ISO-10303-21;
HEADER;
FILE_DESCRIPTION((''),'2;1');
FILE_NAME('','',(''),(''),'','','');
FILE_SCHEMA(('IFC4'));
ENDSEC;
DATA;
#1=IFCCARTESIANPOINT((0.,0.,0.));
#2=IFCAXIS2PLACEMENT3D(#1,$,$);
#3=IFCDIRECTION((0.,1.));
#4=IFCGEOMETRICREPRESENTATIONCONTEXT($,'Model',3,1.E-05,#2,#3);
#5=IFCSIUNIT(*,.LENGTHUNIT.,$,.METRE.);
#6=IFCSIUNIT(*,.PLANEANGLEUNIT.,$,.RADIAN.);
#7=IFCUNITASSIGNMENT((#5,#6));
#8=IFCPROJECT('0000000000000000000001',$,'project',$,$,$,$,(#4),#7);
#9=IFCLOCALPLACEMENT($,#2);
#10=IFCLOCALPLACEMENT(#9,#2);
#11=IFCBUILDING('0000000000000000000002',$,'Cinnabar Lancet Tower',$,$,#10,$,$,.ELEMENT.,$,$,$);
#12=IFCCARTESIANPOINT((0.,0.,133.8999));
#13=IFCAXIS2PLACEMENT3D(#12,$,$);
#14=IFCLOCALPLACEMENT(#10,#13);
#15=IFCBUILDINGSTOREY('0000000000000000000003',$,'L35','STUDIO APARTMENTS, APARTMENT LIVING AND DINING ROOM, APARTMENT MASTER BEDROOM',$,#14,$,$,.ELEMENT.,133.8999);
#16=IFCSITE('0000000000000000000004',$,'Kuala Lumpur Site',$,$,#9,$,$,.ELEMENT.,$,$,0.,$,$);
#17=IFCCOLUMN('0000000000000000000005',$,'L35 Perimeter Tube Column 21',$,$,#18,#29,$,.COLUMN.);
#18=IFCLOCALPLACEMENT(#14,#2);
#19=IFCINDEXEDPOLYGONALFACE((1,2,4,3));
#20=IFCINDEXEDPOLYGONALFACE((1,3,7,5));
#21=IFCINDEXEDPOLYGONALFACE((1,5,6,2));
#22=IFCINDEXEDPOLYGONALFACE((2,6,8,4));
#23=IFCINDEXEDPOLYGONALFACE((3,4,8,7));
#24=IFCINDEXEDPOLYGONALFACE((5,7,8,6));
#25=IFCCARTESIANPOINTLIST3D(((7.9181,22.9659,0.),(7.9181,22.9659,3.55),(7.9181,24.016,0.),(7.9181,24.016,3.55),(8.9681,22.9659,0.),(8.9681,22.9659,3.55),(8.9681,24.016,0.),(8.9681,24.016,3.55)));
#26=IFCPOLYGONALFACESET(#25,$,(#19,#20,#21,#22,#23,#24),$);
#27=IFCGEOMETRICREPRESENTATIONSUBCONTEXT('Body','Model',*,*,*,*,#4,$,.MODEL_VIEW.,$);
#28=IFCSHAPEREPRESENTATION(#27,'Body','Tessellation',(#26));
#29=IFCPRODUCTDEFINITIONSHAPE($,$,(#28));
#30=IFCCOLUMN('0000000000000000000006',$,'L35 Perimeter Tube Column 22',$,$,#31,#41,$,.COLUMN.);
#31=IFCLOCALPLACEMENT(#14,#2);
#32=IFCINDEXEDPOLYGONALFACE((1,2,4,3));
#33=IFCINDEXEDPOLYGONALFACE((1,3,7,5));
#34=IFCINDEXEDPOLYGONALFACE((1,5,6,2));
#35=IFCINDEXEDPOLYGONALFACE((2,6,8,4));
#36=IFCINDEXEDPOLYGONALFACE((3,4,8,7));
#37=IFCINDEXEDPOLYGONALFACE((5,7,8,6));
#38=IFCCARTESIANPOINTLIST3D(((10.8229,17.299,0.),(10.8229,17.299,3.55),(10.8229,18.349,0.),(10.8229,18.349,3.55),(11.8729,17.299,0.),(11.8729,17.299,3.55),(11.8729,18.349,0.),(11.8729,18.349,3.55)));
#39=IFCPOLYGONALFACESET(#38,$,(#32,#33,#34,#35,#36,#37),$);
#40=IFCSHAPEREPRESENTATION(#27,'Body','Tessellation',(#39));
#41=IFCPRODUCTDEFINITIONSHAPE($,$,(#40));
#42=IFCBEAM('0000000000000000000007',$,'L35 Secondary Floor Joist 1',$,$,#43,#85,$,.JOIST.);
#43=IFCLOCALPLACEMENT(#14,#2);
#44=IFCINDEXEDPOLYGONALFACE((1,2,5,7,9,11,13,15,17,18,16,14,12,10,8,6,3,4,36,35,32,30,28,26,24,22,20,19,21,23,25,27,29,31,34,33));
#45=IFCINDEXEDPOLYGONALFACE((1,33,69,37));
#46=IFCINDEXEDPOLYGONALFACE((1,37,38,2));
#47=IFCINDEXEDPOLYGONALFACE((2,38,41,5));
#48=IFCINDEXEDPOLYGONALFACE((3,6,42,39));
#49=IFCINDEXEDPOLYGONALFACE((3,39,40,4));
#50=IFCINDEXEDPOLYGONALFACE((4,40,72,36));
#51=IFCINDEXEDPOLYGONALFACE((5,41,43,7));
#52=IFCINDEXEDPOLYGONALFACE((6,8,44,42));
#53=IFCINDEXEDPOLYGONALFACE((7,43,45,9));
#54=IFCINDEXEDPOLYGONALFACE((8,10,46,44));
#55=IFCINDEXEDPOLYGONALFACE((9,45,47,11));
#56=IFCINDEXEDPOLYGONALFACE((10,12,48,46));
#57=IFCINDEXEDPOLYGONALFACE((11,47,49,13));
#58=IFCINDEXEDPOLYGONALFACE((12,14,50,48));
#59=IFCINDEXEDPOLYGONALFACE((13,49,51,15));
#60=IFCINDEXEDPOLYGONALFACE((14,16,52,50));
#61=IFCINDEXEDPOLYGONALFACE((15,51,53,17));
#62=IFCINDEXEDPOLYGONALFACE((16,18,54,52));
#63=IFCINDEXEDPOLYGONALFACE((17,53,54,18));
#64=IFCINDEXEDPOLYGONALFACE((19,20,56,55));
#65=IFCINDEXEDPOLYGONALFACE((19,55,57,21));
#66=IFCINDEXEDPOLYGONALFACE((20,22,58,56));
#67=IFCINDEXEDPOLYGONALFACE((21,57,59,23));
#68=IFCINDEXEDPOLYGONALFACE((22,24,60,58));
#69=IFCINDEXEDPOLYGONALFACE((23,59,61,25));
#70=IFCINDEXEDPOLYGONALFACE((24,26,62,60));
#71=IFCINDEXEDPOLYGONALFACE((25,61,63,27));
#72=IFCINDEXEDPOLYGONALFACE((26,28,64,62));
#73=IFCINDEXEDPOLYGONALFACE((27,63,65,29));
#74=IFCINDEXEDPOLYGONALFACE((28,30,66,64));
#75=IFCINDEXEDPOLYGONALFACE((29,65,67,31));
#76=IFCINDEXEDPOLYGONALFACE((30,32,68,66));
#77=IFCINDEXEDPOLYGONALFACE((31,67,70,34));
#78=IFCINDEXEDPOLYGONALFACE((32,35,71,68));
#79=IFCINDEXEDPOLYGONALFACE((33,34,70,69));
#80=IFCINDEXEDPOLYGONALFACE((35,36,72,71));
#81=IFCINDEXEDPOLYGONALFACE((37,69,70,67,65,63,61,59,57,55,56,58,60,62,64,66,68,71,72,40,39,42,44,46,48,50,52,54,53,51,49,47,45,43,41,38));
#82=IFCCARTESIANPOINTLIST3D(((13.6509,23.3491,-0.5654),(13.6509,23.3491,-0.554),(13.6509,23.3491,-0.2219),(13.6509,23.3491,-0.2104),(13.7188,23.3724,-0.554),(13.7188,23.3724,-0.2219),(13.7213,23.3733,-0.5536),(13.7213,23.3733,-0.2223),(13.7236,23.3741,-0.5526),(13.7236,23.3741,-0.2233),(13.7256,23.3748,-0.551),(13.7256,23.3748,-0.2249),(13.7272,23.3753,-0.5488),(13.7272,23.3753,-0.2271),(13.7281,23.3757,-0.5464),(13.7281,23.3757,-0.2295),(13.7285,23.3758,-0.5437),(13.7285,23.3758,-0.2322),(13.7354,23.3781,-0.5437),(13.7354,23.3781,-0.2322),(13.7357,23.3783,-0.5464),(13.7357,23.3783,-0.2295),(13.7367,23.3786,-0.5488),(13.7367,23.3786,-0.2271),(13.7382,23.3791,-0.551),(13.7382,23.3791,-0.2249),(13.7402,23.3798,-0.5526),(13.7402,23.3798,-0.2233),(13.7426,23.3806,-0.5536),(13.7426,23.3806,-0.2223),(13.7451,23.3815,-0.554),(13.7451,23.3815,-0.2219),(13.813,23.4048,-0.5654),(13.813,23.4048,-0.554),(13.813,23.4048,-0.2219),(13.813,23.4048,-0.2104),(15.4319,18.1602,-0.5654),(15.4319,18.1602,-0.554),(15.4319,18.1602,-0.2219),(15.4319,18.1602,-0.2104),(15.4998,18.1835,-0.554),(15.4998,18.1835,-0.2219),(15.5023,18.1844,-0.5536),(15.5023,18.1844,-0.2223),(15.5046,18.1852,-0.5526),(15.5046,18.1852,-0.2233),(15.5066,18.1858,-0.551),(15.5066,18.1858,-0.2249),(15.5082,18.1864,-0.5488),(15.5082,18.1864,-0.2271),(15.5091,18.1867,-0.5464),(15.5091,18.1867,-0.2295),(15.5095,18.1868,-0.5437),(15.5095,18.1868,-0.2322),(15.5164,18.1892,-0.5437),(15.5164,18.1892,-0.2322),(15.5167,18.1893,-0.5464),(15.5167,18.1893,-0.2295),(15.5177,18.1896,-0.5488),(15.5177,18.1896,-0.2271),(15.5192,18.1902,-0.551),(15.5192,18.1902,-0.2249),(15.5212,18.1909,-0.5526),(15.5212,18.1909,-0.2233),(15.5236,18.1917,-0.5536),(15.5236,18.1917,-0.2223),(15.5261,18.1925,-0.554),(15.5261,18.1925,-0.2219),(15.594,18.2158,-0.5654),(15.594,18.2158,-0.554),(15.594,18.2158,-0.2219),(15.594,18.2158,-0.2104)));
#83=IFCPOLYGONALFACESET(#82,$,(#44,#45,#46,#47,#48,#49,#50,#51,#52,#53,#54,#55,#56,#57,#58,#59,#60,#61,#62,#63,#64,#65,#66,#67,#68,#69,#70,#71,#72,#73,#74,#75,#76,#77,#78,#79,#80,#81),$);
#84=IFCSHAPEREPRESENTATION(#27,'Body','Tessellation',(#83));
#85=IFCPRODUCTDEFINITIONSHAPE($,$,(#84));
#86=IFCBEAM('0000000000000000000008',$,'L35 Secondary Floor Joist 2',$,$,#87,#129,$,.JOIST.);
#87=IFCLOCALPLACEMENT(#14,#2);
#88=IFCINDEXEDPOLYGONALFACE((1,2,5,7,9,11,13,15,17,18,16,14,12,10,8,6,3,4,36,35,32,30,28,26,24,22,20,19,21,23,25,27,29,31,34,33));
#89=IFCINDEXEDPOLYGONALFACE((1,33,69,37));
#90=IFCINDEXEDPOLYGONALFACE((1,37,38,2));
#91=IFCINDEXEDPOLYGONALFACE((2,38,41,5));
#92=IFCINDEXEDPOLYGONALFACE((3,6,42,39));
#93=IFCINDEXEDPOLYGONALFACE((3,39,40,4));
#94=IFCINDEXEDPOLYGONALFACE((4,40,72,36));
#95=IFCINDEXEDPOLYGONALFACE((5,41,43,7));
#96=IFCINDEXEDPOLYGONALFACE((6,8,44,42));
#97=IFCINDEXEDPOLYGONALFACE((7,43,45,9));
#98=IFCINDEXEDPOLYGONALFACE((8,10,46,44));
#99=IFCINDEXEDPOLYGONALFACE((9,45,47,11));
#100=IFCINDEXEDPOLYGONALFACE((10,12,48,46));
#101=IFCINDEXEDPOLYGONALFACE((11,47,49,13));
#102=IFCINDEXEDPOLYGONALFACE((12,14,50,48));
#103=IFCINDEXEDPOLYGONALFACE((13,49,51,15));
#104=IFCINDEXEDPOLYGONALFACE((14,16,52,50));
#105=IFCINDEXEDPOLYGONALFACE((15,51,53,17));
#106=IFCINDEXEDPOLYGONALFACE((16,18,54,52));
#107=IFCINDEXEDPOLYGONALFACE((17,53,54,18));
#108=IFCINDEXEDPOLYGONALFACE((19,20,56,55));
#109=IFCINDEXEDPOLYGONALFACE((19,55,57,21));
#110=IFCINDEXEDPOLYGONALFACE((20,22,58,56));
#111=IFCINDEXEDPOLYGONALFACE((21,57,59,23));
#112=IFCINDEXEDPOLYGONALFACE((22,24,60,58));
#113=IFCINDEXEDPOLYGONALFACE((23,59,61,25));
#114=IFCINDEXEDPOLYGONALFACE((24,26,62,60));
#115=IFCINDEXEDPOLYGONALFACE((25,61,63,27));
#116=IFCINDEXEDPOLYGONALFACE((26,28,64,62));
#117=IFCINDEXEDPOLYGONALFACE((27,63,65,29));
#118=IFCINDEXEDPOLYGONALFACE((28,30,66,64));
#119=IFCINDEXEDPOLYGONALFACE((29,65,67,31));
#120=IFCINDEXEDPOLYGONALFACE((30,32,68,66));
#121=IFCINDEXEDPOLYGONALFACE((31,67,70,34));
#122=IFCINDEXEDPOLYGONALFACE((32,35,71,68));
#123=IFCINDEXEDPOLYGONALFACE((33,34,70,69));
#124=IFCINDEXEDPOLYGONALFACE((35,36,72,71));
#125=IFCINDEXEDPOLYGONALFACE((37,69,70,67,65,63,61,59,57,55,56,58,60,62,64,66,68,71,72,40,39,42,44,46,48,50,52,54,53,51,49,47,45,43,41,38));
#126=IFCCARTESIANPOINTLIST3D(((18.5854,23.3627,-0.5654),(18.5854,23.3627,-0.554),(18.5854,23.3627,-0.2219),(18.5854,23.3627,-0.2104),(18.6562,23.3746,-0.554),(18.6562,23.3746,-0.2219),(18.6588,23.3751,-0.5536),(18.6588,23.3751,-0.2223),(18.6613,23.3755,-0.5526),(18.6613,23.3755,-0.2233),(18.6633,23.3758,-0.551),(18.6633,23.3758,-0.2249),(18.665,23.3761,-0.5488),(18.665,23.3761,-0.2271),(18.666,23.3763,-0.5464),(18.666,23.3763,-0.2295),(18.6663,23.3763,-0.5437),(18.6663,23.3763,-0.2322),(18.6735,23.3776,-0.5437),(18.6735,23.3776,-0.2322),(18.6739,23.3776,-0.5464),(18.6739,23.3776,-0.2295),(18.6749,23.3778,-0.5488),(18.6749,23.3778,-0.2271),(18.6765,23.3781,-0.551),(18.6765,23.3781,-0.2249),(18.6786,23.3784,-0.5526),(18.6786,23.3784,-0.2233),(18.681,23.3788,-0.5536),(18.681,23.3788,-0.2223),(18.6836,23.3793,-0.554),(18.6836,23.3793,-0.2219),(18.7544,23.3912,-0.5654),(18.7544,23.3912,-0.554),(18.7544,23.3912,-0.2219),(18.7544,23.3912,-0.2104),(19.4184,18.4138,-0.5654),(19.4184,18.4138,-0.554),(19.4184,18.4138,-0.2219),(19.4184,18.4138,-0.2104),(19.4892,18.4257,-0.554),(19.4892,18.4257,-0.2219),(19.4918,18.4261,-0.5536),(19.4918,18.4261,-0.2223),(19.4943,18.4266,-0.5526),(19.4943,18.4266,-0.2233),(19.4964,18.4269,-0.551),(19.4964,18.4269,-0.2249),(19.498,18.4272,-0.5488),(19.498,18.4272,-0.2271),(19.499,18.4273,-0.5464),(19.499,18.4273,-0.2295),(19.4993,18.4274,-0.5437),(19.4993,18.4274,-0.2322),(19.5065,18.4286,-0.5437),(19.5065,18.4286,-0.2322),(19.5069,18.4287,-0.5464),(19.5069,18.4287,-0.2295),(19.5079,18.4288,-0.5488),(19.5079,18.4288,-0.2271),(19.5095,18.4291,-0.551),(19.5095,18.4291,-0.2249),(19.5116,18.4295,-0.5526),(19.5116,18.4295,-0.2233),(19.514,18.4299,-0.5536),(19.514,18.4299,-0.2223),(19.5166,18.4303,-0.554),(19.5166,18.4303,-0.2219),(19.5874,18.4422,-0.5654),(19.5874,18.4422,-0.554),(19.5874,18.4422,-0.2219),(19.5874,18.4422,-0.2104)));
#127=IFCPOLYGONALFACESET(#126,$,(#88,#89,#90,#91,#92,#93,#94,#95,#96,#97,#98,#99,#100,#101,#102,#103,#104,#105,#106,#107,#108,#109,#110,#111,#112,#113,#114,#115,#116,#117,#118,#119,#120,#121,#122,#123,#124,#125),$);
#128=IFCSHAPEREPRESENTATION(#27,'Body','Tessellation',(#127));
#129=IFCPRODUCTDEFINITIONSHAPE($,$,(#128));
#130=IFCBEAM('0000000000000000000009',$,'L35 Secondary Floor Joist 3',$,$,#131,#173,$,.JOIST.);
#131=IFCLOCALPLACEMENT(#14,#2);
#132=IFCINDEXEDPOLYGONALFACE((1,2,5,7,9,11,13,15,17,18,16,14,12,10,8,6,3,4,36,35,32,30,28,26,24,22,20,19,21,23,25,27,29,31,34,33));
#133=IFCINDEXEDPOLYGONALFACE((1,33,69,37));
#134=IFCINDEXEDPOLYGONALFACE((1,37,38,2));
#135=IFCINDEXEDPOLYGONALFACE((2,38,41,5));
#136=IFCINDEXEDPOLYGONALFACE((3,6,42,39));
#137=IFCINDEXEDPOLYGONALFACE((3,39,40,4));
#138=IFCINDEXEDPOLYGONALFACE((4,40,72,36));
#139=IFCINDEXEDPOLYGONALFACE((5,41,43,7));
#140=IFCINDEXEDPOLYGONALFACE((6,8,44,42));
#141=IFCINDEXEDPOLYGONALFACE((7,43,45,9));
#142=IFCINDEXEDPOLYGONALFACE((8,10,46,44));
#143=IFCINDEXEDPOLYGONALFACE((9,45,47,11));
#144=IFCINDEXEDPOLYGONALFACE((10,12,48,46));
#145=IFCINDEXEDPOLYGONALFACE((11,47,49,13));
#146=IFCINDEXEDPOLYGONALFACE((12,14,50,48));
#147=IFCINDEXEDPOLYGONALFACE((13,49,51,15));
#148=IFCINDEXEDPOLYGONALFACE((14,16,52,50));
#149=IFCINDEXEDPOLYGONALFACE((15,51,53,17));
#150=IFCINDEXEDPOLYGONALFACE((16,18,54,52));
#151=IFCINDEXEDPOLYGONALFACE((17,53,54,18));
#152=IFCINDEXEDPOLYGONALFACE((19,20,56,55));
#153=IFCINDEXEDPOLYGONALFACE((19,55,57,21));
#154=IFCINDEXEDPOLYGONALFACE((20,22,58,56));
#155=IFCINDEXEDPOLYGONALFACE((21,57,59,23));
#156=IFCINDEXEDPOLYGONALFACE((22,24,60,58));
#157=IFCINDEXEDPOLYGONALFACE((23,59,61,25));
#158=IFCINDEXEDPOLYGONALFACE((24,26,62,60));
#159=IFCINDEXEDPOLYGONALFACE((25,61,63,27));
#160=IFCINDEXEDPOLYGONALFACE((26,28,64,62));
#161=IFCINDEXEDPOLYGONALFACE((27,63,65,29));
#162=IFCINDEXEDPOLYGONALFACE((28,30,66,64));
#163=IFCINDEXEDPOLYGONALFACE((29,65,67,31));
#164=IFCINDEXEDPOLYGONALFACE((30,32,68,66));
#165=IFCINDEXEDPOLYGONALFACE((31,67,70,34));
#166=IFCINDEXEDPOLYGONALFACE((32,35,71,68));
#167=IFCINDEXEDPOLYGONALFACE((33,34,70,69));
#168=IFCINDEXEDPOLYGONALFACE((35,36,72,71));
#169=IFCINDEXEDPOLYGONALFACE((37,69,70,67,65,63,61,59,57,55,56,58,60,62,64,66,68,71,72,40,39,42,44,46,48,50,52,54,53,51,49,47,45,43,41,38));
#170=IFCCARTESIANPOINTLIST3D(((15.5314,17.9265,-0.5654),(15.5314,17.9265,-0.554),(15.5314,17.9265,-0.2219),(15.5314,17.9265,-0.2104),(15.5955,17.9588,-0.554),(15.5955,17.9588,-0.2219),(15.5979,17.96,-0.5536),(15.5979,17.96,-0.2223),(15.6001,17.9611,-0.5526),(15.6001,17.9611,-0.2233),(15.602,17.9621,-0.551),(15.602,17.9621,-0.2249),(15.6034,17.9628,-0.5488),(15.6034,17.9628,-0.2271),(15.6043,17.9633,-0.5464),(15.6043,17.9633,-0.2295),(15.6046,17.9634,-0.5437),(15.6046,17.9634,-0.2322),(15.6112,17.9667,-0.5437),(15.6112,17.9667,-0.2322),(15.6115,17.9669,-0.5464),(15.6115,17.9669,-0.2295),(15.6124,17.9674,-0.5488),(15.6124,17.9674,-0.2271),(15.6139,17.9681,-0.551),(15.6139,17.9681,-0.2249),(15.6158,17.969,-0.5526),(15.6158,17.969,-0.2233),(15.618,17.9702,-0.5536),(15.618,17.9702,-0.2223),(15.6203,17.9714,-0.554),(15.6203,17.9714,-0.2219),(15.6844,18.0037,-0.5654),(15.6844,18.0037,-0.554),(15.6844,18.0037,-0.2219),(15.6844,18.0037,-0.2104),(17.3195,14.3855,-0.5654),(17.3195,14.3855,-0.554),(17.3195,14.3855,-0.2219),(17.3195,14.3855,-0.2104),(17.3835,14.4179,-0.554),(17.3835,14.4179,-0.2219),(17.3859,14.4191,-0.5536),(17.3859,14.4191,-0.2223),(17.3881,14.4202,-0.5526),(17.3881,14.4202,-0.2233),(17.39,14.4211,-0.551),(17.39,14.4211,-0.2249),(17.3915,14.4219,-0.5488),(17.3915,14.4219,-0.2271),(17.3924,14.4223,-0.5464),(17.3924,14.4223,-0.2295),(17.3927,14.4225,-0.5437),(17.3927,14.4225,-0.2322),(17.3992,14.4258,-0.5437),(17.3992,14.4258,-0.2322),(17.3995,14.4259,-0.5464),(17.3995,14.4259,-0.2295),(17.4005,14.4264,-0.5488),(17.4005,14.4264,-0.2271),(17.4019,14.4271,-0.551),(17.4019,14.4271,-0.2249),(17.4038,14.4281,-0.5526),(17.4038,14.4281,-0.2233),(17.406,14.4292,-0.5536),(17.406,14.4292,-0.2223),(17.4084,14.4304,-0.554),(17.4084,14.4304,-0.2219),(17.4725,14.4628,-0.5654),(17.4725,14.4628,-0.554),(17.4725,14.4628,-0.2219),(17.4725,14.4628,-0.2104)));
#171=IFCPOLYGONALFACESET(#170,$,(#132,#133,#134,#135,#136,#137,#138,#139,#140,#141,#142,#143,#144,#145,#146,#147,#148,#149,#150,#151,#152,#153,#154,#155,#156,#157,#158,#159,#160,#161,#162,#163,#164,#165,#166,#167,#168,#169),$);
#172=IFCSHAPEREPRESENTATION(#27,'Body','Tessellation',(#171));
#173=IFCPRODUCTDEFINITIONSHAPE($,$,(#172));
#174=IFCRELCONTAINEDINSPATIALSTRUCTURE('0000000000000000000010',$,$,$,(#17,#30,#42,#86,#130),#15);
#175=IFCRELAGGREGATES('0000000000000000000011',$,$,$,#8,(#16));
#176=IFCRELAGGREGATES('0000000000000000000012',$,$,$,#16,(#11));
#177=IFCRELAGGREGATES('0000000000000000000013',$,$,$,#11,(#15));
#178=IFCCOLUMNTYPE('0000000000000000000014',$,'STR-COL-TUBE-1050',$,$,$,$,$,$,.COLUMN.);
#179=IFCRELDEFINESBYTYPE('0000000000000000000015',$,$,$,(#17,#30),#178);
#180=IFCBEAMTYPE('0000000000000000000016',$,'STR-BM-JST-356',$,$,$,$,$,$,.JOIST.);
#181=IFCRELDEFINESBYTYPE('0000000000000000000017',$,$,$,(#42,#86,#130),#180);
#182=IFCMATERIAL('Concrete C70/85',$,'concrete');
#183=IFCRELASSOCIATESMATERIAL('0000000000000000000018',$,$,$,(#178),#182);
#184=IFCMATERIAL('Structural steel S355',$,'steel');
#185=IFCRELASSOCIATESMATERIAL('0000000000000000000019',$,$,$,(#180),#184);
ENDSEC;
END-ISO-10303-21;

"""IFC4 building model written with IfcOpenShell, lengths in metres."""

from ifc_helpers import new_model, si_unit, direction, frame, origin, origin_2d, place, context, subcontext, project, spatial, rectangle, i_section, extrude, material, material_profile, profile_set, type_object, element, save


model = new_model("IFC4")

# Units and contexts
model_context = context("Model", 3, precision=1e-05, world=origin(), true_north=direction((0.0, 1.0)))
body_context = subcontext(model_context, "Body", "Model", "MODEL_VIEW")
ifc_project = project(units=[si_unit("LENGTHUNIT", "METRE"), si_unit("PLANEANGLEUNIT", "RADIAN")], contexts=[model_context])

# Site, building, storey
site_placement = place(None, origin())
site = spatial("IfcSite", under=ifc_project, at=site_placement, Name="Kuala Lumpur Site", CompositionType="ELEMENT", RefElevation=0.0)
building_placement = place(site_placement, origin())
building = spatial("IfcBuilding", under=site, at=building_placement, Name="Cinnabar Lancet Tower", CompositionType="ELEMENT")
storey_placement = place(building_placement, frame((0.0, 0.0, 133.8999)))
storey = spatial("IfcBuildingStorey", under=building, at=storey_placement, Name="L35", Description="STUDIO APARTMENTS, APARTMENT LIVING AND DINING ROOM, APARTMENT MASTER BEDROOM", CompositionType="ELEMENT", Elevation=133.8999)

# Columns
ifc_material_1 = material(Name="Concrete C70/85", Category="concrete")
ifc_material_profile_1 = material_profile(ifc_material_1, rectangle(XDim=1.05, YDim=1.05, at=origin_2d()), Name="RC-COL 1050x1050")
ifc_profile_set_1 = profile_set([ifc_material_profile_1], Name="Concrete C70/85")
column_type = type_object("IfcColumnType", Name="STR-COL-TUBE-1050", PredefinedType="COLUMN", material=ifc_profile_set_1)
for number, where, z_axis, x_axis, name in (
    (1, (8.4431, 23.491, 0.0), (0.0, 0.0, 1.0), (1.0, 0.0, 0.0), "L35 Perimeter Tube Column 21"),
    (2, (11.3479, 17.824, 0.0), (0.0, 0.0, 1.0), (1.0, 0.0, 0.0), "L35 Perimeter Tube Column 22"),
):
    element("IfcColumn", number, at=place(storey_placement, frame(where, z_axis=z_axis, x_axis=x_axis)), inside=storey, type_object=column_type, Name=name, PredefinedType="COLUMN", context=body_context, shape_type="SweptSolid", body=[
        extrude(rectangle(XDim=1.05, YDim=1.05, at=origin_2d()), origin(), (0.0, 0.0, 1.0), 3.55),
    ])

# Beams
ifc_material_2 = material(Name="Structural steel S355", Category="steel")
ifc_material_profile_2 = material_profile(ifc_material_2, i_section(OverallWidth=0.1714, OverallDepth=0.355, WebThickness=0.0073, FlangeThickness=0.0115, FilletRadius=0.0103, at=origin_2d()), Name="UKB 356x171x51")
ifc_profile_set_2 = profile_set([ifc_material_profile_2], Name="Structural steel S355")
beam_type_1 = type_object("IfcBeamType", Name="STR-BM-JST-356", PredefinedType="JOIST", material=ifc_profile_set_2)
beam_1_placement = place(storey_placement, frame((13.7319, 23.377, -0.3879), z_axis=(0.324639, -0.945838, 0.0), x_axis=(0.945838, 0.324639, 0.0)))
element("IfcBeam", 3, at=beam_1_placement, inside=storey, type_object=beam_type_1, Name="L35 Secondary Floor Joist 1", PredefinedType="JOIST", context=body_context, shape_type="SweptSolid", body=[
    extrude(i_section(OverallWidth=0.1714, OverallDepth=0.355, WebThickness=0.0073, FlangeThickness=0.0115, FilletRadius=0.0103, at=origin_2d()), origin(), (0.0, 0.0, 1.0), 5.4861),
])
beam_2_placement = place(storey_placement, frame((18.6699, 23.377, -0.3879), z_axis=(0.165984, -0.986128, 0.0), x_axis=(0.986128, 0.165984, 0.0)))
element("IfcBeam", 4, at=beam_2_placement, inside=storey, type_object=beam_type_1, Name="L35 Secondary Floor Joist 2", PredefinedType="JOIST", context=body_context, shape_type="SweptSolid", body=[
    extrude(i_section(OverallWidth=0.1714, OverallDepth=0.355, WebThickness=0.0073, FlangeThickness=0.0115, FilletRadius=0.0103, at=origin_2d()), origin(), (0.0, 0.0, 1.0), 5.0186),
])
beam_3_placement = place(storey_placement, frame((15.6079, 17.9651, -0.3879), z_axis=(0.450755, -0.892648, 0.0), x_axis=(0.892648, 0.450755, 0.0)))
element("IfcBeam", 5, at=beam_3_placement, inside=storey, type_object=beam_type_1, Name="L35 Secondary Floor Joist 3", PredefinedType="JOIST", context=body_context, shape_type="SweptSolid", body=[
    extrude(i_section(OverallWidth=0.1714, OverallDepth=0.355, WebThickness=0.0073, FlangeThickness=0.0115, FilletRadius=0.0103, at=origin_2d()), origin(), (0.0, 0.0, 1.0), 3.9668),
])

save(model, "model.ifc")
